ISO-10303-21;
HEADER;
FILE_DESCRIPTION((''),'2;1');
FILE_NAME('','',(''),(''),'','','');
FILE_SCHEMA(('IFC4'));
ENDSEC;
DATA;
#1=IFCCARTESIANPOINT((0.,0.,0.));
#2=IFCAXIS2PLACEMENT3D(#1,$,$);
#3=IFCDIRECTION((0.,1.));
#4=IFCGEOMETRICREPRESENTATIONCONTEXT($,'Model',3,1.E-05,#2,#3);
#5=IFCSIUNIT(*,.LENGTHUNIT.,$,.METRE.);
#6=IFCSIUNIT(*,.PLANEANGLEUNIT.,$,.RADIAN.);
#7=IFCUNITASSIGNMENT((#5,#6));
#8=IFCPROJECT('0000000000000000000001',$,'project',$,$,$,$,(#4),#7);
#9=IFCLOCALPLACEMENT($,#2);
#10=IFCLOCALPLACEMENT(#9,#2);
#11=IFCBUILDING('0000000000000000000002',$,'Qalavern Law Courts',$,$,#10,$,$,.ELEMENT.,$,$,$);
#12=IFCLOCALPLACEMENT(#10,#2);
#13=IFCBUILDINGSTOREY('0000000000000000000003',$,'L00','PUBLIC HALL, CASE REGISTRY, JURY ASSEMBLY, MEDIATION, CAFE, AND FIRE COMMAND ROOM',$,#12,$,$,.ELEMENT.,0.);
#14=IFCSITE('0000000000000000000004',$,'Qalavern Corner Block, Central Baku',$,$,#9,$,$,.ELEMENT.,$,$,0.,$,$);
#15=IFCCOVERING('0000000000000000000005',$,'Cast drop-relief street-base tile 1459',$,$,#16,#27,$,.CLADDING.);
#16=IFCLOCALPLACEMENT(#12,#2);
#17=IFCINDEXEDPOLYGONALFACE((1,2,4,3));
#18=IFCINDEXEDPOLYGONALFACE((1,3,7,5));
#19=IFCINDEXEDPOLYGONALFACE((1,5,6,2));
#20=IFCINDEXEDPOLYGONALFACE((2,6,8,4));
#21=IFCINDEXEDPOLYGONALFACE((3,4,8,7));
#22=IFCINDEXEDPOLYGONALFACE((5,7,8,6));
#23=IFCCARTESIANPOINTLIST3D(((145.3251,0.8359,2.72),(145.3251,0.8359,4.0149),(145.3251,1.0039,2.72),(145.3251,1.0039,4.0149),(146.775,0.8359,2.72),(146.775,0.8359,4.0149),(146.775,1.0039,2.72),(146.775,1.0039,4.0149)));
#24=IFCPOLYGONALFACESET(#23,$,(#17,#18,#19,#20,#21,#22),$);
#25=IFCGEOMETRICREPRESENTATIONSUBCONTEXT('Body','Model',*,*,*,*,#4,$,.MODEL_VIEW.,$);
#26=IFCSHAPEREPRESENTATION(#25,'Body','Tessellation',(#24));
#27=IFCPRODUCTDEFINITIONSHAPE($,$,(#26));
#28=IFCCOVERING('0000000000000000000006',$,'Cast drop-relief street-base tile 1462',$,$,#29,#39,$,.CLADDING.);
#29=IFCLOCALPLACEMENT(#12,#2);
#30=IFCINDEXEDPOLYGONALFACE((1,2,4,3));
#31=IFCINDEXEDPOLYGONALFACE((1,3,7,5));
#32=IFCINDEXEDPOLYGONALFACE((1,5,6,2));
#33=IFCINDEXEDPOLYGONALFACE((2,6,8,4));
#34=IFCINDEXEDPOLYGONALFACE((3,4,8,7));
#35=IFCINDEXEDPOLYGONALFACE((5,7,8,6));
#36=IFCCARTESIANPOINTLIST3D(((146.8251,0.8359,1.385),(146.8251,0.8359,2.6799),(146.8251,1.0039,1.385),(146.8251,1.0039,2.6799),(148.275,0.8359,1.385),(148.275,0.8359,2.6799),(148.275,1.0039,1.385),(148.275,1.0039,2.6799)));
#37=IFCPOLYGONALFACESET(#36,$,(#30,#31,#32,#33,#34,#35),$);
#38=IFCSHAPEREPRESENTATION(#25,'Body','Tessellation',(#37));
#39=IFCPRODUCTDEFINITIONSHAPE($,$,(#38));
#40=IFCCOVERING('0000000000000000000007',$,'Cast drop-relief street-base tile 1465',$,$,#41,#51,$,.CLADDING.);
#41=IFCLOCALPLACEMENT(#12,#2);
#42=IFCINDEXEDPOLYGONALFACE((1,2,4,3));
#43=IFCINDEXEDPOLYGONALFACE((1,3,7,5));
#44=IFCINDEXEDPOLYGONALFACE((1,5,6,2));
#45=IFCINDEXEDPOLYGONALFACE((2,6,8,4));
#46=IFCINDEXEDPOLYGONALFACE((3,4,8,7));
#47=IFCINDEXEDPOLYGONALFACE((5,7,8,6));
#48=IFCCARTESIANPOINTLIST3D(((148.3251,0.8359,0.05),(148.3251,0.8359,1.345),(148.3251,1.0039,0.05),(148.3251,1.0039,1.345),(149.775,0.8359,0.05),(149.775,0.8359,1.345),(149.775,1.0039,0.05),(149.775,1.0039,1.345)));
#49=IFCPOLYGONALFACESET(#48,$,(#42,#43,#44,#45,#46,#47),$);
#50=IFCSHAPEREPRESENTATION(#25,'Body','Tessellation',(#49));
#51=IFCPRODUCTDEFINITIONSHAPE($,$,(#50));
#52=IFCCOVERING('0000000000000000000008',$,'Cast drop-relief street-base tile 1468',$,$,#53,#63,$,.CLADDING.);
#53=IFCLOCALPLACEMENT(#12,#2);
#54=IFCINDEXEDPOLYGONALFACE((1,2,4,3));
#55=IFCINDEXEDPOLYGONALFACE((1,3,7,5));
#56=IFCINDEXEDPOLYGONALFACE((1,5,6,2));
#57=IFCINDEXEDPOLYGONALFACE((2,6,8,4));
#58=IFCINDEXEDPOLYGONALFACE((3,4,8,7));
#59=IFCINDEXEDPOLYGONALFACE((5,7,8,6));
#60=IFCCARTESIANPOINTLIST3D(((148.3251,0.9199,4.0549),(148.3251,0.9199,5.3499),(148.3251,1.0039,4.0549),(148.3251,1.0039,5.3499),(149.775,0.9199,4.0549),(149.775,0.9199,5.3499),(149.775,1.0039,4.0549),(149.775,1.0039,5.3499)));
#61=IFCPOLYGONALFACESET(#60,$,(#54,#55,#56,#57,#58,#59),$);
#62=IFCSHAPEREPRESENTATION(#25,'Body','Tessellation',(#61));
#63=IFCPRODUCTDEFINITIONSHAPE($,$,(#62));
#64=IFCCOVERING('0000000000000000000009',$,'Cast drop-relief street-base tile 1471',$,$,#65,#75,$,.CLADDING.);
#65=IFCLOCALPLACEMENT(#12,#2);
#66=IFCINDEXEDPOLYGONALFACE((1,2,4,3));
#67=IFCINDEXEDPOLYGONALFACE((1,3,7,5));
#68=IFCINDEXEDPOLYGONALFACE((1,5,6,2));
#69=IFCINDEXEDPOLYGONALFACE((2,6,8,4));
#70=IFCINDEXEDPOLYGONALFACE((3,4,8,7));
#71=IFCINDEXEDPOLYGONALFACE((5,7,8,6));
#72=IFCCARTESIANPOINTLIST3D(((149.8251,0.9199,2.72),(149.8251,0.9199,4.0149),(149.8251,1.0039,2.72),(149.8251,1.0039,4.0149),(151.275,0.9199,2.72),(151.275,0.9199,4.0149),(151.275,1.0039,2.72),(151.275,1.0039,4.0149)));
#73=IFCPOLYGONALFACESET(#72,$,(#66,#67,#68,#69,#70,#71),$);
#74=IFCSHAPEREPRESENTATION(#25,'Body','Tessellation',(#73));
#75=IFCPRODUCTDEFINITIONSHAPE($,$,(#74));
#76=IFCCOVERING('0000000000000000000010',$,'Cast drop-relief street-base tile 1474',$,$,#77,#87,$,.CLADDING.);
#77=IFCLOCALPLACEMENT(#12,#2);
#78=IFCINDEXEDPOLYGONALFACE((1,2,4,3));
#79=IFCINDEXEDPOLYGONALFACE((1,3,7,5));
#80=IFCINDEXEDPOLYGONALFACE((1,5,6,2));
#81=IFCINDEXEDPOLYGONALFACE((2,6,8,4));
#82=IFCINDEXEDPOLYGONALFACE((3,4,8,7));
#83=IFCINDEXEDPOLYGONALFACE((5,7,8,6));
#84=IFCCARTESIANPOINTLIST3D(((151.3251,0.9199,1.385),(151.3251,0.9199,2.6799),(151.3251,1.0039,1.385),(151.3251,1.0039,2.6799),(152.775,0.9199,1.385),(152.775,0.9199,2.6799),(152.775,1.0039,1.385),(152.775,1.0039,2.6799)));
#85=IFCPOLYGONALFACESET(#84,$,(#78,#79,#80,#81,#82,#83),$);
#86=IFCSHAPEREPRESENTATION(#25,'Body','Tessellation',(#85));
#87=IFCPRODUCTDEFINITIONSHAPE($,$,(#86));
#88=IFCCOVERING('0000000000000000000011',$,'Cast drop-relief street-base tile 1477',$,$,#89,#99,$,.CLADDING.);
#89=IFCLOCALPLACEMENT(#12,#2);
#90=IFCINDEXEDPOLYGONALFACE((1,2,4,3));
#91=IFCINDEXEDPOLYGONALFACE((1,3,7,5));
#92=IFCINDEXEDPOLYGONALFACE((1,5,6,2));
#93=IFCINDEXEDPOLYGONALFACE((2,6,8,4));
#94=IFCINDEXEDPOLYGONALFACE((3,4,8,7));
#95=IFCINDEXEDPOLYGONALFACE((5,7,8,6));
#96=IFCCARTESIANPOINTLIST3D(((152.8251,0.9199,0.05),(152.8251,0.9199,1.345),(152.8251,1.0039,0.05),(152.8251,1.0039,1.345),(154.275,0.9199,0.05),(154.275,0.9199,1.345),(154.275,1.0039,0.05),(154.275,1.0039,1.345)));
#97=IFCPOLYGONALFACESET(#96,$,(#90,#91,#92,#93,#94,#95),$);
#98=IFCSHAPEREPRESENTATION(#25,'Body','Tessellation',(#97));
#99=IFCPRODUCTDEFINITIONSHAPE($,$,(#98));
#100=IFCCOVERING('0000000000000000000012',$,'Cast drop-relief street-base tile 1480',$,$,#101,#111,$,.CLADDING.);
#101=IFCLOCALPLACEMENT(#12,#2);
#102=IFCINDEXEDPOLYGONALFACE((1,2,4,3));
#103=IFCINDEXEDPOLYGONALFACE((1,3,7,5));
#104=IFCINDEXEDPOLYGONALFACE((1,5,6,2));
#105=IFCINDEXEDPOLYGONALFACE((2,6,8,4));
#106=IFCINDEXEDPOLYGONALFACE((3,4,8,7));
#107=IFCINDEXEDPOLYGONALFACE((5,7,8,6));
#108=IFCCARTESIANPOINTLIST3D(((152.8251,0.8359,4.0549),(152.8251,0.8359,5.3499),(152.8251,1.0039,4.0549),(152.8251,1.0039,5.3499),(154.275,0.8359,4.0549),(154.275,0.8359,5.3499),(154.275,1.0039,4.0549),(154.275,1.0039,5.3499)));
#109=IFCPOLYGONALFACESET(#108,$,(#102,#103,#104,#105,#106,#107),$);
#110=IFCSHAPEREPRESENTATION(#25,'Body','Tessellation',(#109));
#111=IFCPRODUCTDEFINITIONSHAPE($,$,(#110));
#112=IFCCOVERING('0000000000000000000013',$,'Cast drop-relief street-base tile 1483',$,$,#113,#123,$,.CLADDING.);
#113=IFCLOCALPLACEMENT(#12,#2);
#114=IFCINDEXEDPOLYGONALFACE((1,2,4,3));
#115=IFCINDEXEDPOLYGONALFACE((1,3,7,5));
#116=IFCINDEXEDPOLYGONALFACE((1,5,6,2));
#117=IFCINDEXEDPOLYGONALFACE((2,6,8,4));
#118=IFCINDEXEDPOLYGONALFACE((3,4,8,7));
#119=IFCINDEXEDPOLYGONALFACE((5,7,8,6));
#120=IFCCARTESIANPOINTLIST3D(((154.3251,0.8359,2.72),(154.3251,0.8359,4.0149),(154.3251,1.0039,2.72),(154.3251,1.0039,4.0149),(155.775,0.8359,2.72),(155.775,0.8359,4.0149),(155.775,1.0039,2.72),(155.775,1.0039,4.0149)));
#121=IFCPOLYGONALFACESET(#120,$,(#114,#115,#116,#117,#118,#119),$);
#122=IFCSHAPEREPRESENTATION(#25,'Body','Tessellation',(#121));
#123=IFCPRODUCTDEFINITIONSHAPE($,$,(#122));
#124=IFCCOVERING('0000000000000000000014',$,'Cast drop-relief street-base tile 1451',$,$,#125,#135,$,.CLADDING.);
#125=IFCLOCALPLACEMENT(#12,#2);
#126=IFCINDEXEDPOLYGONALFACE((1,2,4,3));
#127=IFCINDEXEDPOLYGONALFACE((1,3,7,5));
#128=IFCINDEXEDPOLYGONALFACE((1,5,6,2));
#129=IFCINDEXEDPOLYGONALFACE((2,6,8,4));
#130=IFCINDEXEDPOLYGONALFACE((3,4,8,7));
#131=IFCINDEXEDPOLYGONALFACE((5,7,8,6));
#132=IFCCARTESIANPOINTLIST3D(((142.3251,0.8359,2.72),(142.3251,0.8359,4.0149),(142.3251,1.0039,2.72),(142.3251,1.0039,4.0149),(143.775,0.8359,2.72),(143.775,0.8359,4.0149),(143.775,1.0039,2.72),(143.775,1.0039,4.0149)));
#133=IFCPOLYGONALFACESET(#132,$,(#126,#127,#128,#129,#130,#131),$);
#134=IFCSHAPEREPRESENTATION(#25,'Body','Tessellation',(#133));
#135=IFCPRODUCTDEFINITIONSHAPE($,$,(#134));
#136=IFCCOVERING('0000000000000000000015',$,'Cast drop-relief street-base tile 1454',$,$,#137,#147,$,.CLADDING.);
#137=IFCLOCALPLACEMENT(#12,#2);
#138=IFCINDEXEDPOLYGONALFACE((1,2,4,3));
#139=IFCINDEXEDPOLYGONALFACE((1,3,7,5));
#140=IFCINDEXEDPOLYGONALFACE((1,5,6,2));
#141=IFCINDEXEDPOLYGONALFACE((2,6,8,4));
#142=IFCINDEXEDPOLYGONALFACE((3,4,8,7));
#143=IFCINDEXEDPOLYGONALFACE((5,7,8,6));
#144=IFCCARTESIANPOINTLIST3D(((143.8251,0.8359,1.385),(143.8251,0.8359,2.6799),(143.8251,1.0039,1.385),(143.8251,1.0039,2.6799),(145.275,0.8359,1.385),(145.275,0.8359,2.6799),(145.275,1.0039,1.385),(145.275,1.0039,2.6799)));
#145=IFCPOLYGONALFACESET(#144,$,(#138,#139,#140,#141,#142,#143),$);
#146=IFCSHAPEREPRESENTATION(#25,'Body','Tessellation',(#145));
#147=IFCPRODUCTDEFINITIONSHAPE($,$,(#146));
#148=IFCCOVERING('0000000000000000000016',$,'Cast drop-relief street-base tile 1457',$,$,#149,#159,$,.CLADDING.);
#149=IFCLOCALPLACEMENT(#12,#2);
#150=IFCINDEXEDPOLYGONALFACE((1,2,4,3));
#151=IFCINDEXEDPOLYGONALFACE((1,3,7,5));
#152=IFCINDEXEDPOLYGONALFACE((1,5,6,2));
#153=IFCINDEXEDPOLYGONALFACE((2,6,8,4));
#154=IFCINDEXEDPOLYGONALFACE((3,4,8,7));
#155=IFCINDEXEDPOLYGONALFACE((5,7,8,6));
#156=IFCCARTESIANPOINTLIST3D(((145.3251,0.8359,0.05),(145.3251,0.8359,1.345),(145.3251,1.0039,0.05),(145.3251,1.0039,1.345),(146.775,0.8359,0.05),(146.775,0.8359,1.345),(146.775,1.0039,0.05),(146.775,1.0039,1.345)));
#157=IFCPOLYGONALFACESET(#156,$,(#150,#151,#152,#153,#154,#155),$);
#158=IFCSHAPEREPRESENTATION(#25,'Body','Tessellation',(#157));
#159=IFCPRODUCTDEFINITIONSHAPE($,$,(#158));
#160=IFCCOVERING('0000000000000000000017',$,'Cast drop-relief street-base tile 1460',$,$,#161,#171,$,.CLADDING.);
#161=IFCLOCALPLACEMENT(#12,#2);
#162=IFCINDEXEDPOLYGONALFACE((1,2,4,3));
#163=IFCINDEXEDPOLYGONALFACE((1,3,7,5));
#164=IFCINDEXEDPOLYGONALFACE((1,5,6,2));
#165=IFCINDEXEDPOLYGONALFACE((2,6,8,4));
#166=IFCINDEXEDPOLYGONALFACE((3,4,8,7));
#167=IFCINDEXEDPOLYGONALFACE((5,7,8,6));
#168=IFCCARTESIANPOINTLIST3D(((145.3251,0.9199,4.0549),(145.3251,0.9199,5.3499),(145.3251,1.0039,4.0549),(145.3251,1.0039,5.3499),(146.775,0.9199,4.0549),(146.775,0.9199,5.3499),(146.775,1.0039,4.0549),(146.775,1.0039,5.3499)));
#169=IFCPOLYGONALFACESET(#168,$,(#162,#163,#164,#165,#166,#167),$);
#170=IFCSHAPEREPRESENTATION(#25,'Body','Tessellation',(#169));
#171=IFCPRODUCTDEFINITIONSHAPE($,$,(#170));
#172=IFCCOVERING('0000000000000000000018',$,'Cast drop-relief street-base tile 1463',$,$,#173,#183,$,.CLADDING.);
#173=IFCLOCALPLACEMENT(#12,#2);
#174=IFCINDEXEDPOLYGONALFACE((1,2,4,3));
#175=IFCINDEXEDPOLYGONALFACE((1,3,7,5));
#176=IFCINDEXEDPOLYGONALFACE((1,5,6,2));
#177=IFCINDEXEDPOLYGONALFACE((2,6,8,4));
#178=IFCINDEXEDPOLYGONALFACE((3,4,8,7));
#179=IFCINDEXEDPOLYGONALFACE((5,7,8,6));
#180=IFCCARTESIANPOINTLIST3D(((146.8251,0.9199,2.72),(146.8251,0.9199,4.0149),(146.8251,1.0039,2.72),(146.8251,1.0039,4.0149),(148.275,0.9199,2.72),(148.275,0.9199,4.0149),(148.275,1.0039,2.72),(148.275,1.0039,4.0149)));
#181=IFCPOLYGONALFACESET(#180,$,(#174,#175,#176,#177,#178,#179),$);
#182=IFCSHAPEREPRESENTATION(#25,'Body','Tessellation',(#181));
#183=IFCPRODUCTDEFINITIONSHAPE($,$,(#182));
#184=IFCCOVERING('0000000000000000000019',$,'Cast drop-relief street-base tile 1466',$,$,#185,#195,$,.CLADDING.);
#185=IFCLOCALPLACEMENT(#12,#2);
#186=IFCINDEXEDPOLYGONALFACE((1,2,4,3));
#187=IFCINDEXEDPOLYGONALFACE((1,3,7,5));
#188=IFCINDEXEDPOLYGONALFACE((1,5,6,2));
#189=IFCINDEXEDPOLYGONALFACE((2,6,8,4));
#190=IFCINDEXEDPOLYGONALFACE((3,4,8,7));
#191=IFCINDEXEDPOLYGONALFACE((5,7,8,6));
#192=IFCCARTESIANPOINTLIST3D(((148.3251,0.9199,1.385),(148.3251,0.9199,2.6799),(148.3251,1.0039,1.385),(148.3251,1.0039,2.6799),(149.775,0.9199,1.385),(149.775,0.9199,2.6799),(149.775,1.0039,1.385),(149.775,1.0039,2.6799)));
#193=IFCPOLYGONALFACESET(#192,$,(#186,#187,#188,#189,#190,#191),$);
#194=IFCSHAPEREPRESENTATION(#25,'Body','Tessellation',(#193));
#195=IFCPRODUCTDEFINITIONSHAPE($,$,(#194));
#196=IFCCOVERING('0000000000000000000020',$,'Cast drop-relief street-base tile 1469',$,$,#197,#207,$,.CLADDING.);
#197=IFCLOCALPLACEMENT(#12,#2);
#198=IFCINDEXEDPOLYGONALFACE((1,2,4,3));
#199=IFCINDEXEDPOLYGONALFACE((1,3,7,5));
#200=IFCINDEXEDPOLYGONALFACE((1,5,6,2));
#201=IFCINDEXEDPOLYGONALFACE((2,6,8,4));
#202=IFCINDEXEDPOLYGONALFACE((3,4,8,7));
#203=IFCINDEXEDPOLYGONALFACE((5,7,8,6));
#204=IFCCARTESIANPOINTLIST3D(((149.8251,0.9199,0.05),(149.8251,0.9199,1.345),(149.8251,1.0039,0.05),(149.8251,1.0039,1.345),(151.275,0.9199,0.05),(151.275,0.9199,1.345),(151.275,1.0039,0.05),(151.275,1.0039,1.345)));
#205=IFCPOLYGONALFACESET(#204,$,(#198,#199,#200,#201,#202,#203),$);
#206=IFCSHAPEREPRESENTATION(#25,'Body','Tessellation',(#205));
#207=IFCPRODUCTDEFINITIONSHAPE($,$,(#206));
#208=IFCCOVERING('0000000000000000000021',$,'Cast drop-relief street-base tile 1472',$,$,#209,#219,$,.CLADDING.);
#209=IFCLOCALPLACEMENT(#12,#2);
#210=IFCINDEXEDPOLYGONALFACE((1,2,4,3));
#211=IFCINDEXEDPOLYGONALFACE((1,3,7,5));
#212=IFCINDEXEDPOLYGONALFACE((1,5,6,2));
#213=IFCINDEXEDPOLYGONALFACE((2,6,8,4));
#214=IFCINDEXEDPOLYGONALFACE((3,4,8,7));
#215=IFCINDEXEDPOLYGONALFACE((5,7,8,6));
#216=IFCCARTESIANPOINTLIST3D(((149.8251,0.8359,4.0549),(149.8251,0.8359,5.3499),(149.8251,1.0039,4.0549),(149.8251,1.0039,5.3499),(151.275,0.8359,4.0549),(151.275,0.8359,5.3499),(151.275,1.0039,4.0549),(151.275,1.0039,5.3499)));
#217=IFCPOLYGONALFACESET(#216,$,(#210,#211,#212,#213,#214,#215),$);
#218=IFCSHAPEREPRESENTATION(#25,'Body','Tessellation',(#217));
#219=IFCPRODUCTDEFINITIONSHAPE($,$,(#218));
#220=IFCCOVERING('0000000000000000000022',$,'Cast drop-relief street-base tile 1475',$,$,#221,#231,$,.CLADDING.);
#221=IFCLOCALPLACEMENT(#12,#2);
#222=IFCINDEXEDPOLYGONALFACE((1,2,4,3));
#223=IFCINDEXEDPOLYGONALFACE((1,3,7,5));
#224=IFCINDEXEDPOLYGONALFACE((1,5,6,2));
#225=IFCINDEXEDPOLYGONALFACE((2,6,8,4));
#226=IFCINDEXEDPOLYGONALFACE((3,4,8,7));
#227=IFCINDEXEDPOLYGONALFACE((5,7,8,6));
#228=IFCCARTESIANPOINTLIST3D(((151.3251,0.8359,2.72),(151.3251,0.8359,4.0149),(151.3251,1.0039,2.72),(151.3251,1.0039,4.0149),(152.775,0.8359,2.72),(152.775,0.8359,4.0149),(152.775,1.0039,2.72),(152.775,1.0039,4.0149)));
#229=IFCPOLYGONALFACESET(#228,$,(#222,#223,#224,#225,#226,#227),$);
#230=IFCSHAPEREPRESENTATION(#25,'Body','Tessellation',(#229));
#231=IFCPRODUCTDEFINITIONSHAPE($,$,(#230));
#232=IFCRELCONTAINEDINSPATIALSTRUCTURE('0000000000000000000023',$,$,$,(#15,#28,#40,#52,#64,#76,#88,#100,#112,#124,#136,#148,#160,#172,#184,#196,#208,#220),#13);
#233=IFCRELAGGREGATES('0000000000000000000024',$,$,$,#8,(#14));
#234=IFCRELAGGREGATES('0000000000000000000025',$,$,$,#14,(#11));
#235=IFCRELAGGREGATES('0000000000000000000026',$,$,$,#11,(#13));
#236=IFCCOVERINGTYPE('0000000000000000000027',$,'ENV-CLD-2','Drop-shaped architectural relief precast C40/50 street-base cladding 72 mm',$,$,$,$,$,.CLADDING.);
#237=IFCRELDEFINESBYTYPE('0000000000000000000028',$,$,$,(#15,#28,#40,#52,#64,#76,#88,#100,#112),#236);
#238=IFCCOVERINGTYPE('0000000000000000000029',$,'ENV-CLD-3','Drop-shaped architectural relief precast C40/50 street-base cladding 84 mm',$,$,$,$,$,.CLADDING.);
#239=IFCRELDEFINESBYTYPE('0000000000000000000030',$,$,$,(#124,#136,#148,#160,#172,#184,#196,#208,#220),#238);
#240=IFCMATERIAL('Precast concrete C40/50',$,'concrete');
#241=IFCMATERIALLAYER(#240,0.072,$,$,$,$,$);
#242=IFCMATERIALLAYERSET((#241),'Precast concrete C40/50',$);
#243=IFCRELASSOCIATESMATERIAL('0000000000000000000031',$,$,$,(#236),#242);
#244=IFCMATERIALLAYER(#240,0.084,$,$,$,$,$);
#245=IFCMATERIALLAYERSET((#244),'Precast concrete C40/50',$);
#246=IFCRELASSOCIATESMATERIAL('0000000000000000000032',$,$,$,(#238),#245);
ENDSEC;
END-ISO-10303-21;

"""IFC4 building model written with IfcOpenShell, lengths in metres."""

from ifc_helpers import new_model, si_unit, direction, frame, origin, origin_2d, place, context, subcontext, project, spatial, rectangle, extrude, material, layer, layer_set, type_object, element, save


model = new_model("IFC4")

# Units and contexts
model_context = context("Model", 3, precision=1e-05, world=origin(), true_north=direction((0.0, 1.0)))
body_context = subcontext(model_context, "Body", "Model", "MODEL_VIEW")
ifc_project = project(units=[si_unit("LENGTHUNIT", "METRE"), si_unit("PLANEANGLEUNIT", "RADIAN")], contexts=[model_context])

# Site, building, storey
site_placement = place(None, origin())
site = spatial("IfcSite", under=ifc_project, at=site_placement, Name="Qalavern Corner Block, Central Baku", CompositionType="ELEMENT", RefElevation=0.0)
building_placement = place(site_placement, origin())
building = spatial("IfcBuilding", under=site, at=building_placement, Name="Qalavern Law Courts", CompositionType="ELEMENT")
storey_placement = place(building_placement, origin())
storey = spatial("IfcBuildingStorey", under=building, at=storey_placement, Name="L00", Description="PUBLIC HALL, CASE REGISTRY, JURY ASSEMBLY, MEDIATION, CAFE, AND FIRE COMMAND ROOM", CompositionType="ELEMENT", Elevation=0.0)

# Coverings
ifc_material_1 = material(Name="Precast concrete C40/50", Category="concrete")
ifc_layer_1 = layer(ifc_material_1, 0.072)
ifc_layer_set_1 = layer_set([ifc_layer_1], Name="Precast concrete C40/50")
covering_type_1 = type_object("IfcCoveringType", Name="ENV-CLD-2", Description="Drop-shaped architectural relief precast C40/50 street-base cladding 72 mm", PredefinedType="CLADDING", material=ifc_layer_set_1)
for number, where, z_axis, x_axis, name in (
    (1, (146.05, 0.9199, 2.72), (0.0, 0.0, 1.0), (1.0, 0.0, 0.0), "Cast drop-relief street-base tile 1459"),
    (2, (147.55, 0.9199, 1.385), (0.0, 0.0, 1.0), (1.0, 0.0, 0.0), "Cast drop-relief street-base tile 1462"),
    (3, (149.05, 0.9199, 0.05), (0.0, 0.0, 1.0), (1.0, 0.0, 0.0), "Cast drop-relief street-base tile 1465"),
):
    element("IfcCovering", number, at=place(storey_placement, frame(where, z_axis=z_axis, x_axis=x_axis)), inside=storey, type_object=covering_type_1, Name=name, PredefinedType="CLADDING", context=body_context, shape_type="SweptSolid", body=[
        extrude(rectangle(XDim=1.45, YDim=0.168, at=origin_2d()), origin(), (0.0, 0.0, 1.0), 1.2949),
    ])
for number, where, z_axis, x_axis, name in (
    (4, (149.05, 0.9619, 4.0549), (0.0, 0.0, 1.0), (1.0, 0.0, 0.0), "Cast drop-relief street-base tile 1468"),
    (5, (150.55, 0.9619, 2.72), (0.0, 0.0, 1.0), (1.0, 0.0, 0.0), "Cast drop-relief street-base tile 1471"),
    (6, (152.05, 0.9619, 1.385), (0.0, 0.0, 1.0), (1.0, 0.0, 0.0), "Cast drop-relief street-base tile 1474"),
    (7, (153.55, 0.9619, 0.05), (0.0, 0.0, 1.0), (1.0, 0.0, 0.0), "Cast drop-relief street-base tile 1477"),
):
    element("IfcCovering", number, at=place(storey_placement, frame(where, z_axis=z_axis, x_axis=x_axis)), inside=storey, type_object=covering_type_1, Name=name, PredefinedType="CLADDING", context=body_context, shape_type="SweptSolid", body=[
        extrude(rectangle(XDim=1.45, YDim=0.084, at=origin_2d()), origin(), (0.0, 0.0, 1.0), 1.2949),
    ])
for number, where, z_axis, x_axis, name in (
    (8, (153.55, 0.9199, 4.0549), (0.0, 0.0, 1.0), (1.0, 0.0, 0.0), "Cast drop-relief street-base tile 1480"),
    (9, (155.05, 0.9199, 2.72), (0.0, 0.0, 1.0), (1.0, 0.0, 0.0), "Cast drop-relief street-base tile 1483"),
):
    element("IfcCovering", number, at=place(storey_placement, frame(where, z_axis=z_axis, x_axis=x_axis)), inside=storey, type_object=covering_type_1, Name=name, PredefinedType="CLADDING", context=body_context, shape_type="SweptSolid", body=[
        extrude(rectangle(XDim=1.45, YDim=0.168, at=origin_2d()), origin(), (0.0, 0.0, 1.0), 1.2949),
    ])
ifc_layer_2 = layer(ifc_material_1, 0.084)
ifc_layer_set_2 = layer_set([ifc_layer_2], Name="Precast concrete C40/50")
covering_type_2 = type_object("IfcCoveringType", Name="ENV-CLD-3", Description="Drop-shaped architectural relief precast C40/50 street-base cladding 84 mm", PredefinedType="CLADDING", material=ifc_layer_set_2)
for number, where, z_axis, x_axis, name in (
    (10, (143.05, 0.9199, 2.72), (0.0, 0.0, 1.0), (1.0, 0.0, 0.0), "Cast drop-relief street-base tile 1451"),
    (11, (144.55, 0.9199, 1.385), (0.0, 0.0, 1.0), (1.0, 0.0, 0.0), "Cast drop-relief street-base tile 1454"),
    (12, (146.05, 0.9199, 0.05), (0.0, 0.0, 1.0), (1.0, 0.0, 0.0), "Cast drop-relief street-base tile 1457"),
):
    element("IfcCovering", number, at=place(storey_placement, frame(where, z_axis=z_axis, x_axis=x_axis)), inside=storey, type_object=covering_type_2, Name=name, PredefinedType="CLADDING", context=body_context, shape_type="SweptSolid", body=[
        extrude(rectangle(XDim=1.45, YDim=0.168, at=origin_2d()), origin(), (0.0, 0.0, 1.0), 1.2949),
    ])
for number, where, z_axis, x_axis, name in (
    (13, (146.05, 0.9619, 4.0549), (0.0, 0.0, 1.0), (1.0, 0.0, 0.0), "Cast drop-relief street-base tile 1460"),
    (14, (147.55, 0.9619, 2.72), (0.0, 0.0, 1.0), (1.0, 0.0, 0.0), "Cast drop-relief street-base tile 1463"),
    (15, (149.05, 0.9619, 1.385), (0.0, 0.0, 1.0), (1.0, 0.0, 0.0), "Cast drop-relief street-base tile 1466"),
    (16, (150.55, 0.9619, 0.05), (0.0, 0.0, 1.0), (1.0, 0.0, 0.0), "Cast drop-relief street-base tile 1469"),
):
    element("IfcCovering", number, at=place(storey_placement, frame(where, z_axis=z_axis, x_axis=x_axis)), inside=storey, type_object=covering_type_2, Name=name, PredefinedType="CLADDING", context=body_context, shape_type="SweptSolid", body=[
        extrude(rectangle(XDim=1.45, YDim=0.084, at=origin_2d()), origin(), (0.0, 0.0, 1.0), 1.2949),
    ])
for number, where, z_axis, x_axis, name in (
    (17, (150.55, 0.9199, 4.0549), (0.0, 0.0, 1.0), (1.0, 0.0, 0.0), "Cast drop-relief street-base tile 1472"),
    (18, (152.05, 0.9199, 2.72), (0.0, 0.0, 1.0), (1.0, 0.0, 0.0), "Cast drop-relief street-base tile 1475"),
):
    element("IfcCovering", number, at=place(storey_placement, frame(where, z_axis=z_axis, x_axis=x_axis)), inside=storey, type_object=covering_type_2, Name=name, PredefinedType="CLADDING", context=body_context, shape_type="SweptSolid", body=[
        extrude(rectangle(XDim=1.45, YDim=0.168, at=origin_2d()), origin(), (0.0, 0.0, 1.0), 1.2949),
    ])

save(model, "model.ifc")
